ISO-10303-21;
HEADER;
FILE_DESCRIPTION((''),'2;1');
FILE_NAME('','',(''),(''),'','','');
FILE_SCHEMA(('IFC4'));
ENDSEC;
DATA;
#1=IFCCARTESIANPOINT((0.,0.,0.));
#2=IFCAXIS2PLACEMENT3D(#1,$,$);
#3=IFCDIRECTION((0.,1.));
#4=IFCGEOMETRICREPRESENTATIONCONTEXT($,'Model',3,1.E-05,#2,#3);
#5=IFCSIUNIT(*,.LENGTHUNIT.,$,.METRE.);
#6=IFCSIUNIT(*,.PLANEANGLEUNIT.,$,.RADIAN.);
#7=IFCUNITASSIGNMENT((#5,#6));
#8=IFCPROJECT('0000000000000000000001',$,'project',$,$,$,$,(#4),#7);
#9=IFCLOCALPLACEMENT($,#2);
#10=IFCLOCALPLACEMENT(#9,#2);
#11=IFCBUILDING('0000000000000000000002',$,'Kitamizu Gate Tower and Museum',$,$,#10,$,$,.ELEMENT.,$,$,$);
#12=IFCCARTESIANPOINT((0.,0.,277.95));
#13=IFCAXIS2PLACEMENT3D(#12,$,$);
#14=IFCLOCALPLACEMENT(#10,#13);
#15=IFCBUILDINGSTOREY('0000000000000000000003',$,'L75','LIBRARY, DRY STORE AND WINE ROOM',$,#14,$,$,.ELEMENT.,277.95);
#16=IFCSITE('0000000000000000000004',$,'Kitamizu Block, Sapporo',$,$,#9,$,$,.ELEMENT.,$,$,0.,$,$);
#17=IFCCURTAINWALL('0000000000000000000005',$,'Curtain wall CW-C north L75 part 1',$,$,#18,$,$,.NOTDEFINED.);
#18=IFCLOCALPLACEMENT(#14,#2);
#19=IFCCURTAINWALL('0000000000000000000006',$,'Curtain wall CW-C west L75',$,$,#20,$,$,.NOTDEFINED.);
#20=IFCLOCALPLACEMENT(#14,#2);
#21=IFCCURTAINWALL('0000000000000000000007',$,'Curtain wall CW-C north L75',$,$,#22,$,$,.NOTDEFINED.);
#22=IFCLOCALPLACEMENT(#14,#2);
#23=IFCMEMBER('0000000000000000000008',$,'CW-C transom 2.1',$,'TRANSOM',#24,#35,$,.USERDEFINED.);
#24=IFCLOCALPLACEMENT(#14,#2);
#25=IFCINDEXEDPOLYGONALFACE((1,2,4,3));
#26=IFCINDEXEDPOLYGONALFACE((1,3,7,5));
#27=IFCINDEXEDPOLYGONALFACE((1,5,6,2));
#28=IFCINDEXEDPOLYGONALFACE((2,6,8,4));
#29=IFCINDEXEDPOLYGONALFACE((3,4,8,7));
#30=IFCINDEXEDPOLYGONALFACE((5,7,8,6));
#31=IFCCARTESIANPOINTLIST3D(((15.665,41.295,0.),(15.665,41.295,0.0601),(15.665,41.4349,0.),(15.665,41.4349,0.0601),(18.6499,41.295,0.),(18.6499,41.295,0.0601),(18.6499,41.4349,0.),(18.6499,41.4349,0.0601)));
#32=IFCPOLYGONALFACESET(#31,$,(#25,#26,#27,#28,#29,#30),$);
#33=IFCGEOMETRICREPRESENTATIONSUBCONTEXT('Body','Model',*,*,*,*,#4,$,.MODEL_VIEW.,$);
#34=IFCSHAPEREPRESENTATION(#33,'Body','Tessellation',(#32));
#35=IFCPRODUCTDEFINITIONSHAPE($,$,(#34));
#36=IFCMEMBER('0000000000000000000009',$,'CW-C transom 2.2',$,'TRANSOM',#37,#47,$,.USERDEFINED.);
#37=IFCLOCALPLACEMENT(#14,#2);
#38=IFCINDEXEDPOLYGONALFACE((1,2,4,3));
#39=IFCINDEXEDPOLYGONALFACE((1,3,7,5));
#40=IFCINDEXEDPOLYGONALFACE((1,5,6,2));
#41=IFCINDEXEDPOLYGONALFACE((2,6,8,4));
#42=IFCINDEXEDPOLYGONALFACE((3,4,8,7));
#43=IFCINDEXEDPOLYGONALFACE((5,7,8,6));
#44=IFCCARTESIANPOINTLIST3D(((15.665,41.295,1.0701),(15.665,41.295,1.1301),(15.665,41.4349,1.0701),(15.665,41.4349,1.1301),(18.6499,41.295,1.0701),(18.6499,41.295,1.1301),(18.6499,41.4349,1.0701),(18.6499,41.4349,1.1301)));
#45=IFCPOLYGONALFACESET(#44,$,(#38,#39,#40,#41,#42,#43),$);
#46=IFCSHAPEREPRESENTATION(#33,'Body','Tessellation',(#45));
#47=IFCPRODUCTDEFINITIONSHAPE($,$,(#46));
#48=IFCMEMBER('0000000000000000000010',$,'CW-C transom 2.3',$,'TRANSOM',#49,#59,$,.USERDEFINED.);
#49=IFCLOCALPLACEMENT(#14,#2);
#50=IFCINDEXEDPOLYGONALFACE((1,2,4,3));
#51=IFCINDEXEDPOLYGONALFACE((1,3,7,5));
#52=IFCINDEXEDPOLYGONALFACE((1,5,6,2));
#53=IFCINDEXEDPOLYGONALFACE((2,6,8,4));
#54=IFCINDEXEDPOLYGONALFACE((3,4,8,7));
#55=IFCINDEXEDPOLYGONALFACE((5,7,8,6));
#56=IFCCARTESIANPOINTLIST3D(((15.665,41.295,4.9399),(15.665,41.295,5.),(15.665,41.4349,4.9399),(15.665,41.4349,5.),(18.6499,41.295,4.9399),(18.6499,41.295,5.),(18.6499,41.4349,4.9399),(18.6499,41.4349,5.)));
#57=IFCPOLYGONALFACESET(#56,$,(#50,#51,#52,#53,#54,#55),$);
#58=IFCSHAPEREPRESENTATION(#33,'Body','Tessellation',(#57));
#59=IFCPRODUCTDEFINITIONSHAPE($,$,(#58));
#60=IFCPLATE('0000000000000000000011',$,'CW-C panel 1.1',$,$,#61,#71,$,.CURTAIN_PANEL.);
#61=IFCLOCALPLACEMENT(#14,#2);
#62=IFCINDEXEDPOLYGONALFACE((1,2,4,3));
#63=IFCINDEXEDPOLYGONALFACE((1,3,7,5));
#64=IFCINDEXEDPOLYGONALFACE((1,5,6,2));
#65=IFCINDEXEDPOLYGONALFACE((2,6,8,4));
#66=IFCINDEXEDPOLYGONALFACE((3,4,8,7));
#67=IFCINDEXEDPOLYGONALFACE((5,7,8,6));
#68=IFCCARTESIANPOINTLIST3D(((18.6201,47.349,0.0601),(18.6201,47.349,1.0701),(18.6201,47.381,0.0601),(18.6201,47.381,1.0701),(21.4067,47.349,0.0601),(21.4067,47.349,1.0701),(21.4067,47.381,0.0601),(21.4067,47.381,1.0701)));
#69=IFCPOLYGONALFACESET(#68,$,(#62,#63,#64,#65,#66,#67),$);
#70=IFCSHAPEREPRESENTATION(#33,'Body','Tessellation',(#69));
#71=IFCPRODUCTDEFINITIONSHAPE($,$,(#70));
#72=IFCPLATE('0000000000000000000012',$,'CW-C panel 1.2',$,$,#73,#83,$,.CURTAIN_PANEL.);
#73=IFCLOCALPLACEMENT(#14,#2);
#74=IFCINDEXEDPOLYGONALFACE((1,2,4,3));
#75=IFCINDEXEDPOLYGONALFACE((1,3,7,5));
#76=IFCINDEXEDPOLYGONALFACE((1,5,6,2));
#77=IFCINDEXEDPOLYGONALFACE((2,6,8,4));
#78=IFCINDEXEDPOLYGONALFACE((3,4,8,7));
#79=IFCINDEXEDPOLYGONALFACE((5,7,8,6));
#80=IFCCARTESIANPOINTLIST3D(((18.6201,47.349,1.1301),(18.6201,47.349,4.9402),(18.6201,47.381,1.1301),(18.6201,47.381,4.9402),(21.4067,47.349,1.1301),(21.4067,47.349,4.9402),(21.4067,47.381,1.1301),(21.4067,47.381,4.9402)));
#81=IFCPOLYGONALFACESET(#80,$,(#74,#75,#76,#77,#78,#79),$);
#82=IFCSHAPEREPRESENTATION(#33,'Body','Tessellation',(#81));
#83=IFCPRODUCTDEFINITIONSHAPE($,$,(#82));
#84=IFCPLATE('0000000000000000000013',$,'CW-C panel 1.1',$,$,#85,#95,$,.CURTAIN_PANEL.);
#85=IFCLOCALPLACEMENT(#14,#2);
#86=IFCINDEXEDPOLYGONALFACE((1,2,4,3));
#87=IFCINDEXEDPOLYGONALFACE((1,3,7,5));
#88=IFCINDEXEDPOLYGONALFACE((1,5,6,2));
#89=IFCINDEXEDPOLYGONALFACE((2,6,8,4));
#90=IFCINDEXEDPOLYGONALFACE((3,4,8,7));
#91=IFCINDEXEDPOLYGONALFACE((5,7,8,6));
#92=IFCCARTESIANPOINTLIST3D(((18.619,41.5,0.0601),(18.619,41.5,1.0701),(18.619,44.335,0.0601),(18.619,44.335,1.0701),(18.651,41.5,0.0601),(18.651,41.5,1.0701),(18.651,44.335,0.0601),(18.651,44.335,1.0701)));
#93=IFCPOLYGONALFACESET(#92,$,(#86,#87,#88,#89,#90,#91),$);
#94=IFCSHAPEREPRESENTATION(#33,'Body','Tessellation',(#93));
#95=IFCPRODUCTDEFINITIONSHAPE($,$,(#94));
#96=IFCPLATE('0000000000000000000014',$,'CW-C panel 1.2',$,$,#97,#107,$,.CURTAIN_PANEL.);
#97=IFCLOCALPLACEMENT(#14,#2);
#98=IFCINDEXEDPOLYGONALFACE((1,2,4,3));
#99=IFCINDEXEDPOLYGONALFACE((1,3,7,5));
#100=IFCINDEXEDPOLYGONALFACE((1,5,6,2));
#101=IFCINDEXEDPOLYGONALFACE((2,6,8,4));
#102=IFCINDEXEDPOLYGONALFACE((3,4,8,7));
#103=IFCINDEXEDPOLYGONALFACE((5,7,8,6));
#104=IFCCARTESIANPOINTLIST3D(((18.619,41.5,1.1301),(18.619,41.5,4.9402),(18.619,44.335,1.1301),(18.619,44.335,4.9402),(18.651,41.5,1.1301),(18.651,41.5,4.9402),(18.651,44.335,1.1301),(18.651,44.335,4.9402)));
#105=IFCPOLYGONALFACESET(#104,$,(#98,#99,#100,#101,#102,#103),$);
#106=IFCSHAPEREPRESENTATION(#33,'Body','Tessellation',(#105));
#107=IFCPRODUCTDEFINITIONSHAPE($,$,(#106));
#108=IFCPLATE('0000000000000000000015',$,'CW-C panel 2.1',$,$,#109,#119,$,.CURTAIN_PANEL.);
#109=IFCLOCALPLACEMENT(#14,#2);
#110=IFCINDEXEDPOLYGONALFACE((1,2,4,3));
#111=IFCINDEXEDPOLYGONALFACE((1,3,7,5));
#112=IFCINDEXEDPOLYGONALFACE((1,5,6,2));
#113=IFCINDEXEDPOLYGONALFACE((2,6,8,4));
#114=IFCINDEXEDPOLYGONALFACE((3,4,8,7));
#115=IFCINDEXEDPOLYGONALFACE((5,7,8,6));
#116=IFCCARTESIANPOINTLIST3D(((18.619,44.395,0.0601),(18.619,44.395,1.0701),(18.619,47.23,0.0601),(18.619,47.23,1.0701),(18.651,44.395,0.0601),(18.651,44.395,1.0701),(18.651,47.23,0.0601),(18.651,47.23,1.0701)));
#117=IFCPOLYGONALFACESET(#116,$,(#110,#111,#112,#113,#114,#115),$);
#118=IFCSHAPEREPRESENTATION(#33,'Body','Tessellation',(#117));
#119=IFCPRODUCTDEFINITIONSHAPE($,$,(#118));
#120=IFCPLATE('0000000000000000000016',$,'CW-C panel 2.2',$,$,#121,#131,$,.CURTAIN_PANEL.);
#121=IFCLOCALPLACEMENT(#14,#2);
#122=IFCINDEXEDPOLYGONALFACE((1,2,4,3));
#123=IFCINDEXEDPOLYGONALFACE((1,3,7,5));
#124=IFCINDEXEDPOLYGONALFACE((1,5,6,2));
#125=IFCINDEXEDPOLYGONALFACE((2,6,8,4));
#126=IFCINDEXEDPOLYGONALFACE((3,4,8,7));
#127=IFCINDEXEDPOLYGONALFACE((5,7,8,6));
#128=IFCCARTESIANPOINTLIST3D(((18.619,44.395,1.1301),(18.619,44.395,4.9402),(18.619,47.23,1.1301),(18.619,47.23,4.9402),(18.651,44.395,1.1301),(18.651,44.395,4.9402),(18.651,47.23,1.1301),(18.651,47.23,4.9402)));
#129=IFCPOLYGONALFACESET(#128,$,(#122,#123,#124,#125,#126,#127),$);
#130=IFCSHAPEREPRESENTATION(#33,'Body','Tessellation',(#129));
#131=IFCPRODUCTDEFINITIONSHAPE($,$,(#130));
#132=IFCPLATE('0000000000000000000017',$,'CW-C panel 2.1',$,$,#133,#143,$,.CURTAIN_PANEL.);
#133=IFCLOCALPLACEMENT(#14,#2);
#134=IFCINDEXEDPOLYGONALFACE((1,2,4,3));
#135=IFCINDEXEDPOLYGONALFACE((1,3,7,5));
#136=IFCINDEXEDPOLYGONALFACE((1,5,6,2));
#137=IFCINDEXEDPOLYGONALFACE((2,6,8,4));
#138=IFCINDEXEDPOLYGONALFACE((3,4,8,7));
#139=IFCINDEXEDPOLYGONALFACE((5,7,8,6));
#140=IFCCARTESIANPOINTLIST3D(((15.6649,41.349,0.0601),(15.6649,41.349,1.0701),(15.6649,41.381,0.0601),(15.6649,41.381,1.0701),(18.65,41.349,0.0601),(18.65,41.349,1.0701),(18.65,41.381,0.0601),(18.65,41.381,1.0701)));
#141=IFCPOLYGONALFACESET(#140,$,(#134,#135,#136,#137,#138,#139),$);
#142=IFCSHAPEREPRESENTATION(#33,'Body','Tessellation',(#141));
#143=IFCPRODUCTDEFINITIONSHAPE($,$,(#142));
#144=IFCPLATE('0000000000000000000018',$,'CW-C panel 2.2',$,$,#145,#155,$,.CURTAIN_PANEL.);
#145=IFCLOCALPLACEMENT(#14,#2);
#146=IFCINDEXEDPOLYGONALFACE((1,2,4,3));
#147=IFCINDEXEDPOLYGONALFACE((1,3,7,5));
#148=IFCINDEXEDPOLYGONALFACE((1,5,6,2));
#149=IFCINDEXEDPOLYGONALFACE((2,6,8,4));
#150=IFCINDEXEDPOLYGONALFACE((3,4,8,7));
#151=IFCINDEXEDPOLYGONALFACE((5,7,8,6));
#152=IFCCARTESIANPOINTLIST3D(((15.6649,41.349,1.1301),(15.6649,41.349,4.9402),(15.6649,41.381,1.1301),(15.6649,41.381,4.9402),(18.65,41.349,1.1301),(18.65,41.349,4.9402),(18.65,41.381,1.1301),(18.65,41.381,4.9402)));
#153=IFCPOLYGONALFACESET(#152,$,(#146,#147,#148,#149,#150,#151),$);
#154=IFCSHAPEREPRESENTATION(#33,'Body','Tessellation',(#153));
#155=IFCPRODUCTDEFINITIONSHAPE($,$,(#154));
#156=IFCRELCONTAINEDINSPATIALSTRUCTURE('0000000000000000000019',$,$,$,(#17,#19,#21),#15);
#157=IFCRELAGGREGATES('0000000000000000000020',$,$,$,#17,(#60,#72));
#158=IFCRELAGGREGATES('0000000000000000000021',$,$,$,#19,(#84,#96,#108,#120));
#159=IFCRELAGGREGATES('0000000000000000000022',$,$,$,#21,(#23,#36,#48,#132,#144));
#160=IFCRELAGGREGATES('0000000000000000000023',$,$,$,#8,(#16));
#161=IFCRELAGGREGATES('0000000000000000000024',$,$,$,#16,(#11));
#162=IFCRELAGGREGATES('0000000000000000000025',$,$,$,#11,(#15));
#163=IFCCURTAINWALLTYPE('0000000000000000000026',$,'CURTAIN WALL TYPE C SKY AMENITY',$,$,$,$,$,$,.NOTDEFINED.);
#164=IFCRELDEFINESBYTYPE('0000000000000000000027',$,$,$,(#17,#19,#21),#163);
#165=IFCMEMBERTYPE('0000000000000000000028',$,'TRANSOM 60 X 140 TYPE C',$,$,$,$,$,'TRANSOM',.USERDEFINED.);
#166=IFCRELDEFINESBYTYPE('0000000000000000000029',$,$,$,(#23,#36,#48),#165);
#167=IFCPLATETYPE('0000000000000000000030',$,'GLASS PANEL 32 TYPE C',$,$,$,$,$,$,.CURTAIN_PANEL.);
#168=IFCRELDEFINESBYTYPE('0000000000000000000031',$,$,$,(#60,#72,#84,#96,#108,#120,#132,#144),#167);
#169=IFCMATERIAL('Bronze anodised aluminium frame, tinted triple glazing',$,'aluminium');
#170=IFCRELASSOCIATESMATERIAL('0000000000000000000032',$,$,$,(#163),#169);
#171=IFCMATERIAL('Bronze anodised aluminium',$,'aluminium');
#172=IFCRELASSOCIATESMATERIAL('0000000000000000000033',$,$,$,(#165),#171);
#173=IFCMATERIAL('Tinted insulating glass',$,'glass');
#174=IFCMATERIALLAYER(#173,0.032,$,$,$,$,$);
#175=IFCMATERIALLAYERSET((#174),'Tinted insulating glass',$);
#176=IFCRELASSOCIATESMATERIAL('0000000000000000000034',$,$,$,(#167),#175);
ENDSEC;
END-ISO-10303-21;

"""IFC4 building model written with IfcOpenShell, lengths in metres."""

from ifc_helpers import new_model, si_unit, direction, frame, origin, origin_2d, place, context, subcontext, project, spatial, rectangle, extrude, material, layer, layer_set, material_profile, profile_set, type_object, element, aggregate, save


model = new_model("IFC4")

# Units and contexts
model_context = context("Model", 3, precision=1e-05, world=origin(), true_north=direction((0.0, 1.0)))
body_context = subcontext(model_context, "Body", "Model", "MODEL_VIEW")
ifc_project = project(units=[si_unit("LENGTHUNIT", "METRE"), si_unit("PLANEANGLEUNIT", "RADIAN")], contexts=[model_context])

# Site, building, storey
site_placement = place(None, origin())
site = spatial("IfcSite", under=ifc_project, at=site_placement, Name="Kitamizu Block, Sapporo", CompositionType="ELEMENT", RefElevation=0.0)
building_placement = place(site_placement, origin())
building = spatial("IfcBuilding", under=site, at=building_placement, Name="Kitamizu Gate Tower and Museum", CompositionType="ELEMENT")
storey_placement = place(building_placement, frame((0.0, 0.0, 277.95)))
storey = spatial("IfcBuildingStorey", under=building, at=storey_placement, Name="L75", Description="LIBRARY, DRY STORE AND WINE ROOM", CompositionType="ELEMENT", Elevation=277.95)

# Curtain walls
ifc_material_1 = material(Name="Bronze anodised aluminium frame, tinted triple glazing", Category="aluminium")
curtain_wall_type = type_object("IfcCurtainWallType", Name="CURTAIN WALL TYPE C SKY AMENITY", PredefinedType="NOTDEFINED", material=ifc_material_1)
curtain_wall_1_placement = place(storey_placement, origin())
curtain_wall_1 = element("IfcCurtainWall", 1, at=curtain_wall_1_placement, inside=storey, type_object=curtain_wall_type, Name="Curtain wall CW-C north L75 part 1", PredefinedType="NOTDEFINED")
curtain_wall_2_placement = place(storey_placement, origin())
curtain_wall_2 = element("IfcCurtainWall", 2, at=curtain_wall_2_placement, inside=storey, type_object=curtain_wall_type, Name="Curtain wall CW-C west L75", PredefinedType="NOTDEFINED")

# Curtain wall
curtain_wall_3_placement = place(storey_placement, origin())
curtain_wall_3 = element("IfcCurtainWall", 3, at=curtain_wall_3_placement, inside=storey, type_object=curtain_wall_type, Name="Curtain wall CW-C north L75", PredefinedType="NOTDEFINED")

# Members
ifc_material_2 = material(Name="Bronze anodised aluminium", Category="aluminium")
ifc_material_profile_1 = material_profile(ifc_material_2, rectangle(XDim=0.1399, YDim=0.0601, at=origin_2d()), Name="AL 60X140")
ifc_profile_set_1 = profile_set([ifc_material_profile_1], Name="Bronze anodised aluminium")
member_type_1 = type_object("IfcMemberType", Name="TRANSOM 60 X 140 TYPE C", ElementType="TRANSOM", PredefinedType="USERDEFINED", material=ifc_profile_set_1)
member_1_placement = place(storey_placement, frame((15.665, 41.365, 0.03), z_axis=(1.0, 0.0, 0.0), x_axis=(0.0, 1.0, 0.0)))
member_1 = element("IfcMember", 4, at=member_1_placement, type_object=member_type_1, Name="CW-C transom 2.1", ObjectType="TRANSOM", PredefinedType="USERDEFINED", context=body_context, shape_type="SweptSolid", body=[
    extrude(rectangle(XDim=0.1399, YDim=0.0601, at=origin_2d()), origin(), (0.0, 0.0, 1.0), 2.9849),
])
member_2_placement = place(storey_placement, frame((15.665, 41.365, 1.1001), z_axis=(1.0, 0.0, 0.0), x_axis=(0.0, 1.0, 0.0)))
member_2 = element("IfcMember", 5, at=member_2_placement, type_object=member_type_1, Name="CW-C transom 2.2", ObjectType="TRANSOM", PredefinedType="USERDEFINED", context=body_context, shape_type="SweptSolid", body=[
    extrude(rectangle(XDim=0.1399, YDim=0.0601, at=origin_2d()), origin(), (0.0, 0.0, 1.0), 2.9849),
])
member_3_placement = place(storey_placement, frame((15.665, 41.365, 4.97), z_axis=(1.0, 0.0, 0.0), x_axis=(0.0, 1.0, 0.0)))
member_3 = element("IfcMember", 6, at=member_3_placement, type_object=member_type_1, Name="CW-C transom 2.3", ObjectType="TRANSOM", PredefinedType="USERDEFINED", context=body_context, shape_type="SweptSolid", body=[
    extrude(rectangle(XDim=0.1399, YDim=0.0601, at=origin_2d()), origin(), (0.0, 0.0, 1.0), 2.9849),
])

# Plates
ifc_material_3 = material(Name="Tinted insulating glass", Category="glass")
ifc_layer = layer(ifc_material_3, 0.032)
ifc_layer_set = layer_set([ifc_layer], Name="Tinted insulating glass")
plate_type = type_object("IfcPlateType", Name="GLASS PANEL 32 TYPE C", PredefinedType="CURTAIN_PANEL", material=ifc_layer_set)
plate_1_placement = place(storey_placement, frame((20.0134, 47.365, 0.0601), z_axis=(0.0, 0.0, 1.0), x_axis=(1.0, 0.0, 0.0)))
plate_1 = element("IfcPlate", 7, at=plate_1_placement, type_object=plate_type, Name="CW-C panel 1.1", PredefinedType="CURTAIN_PANEL", context=body_context, shape_type="SweptSolid", body=[
    extrude(rectangle(XDim=2.7866, YDim=0.032, at=origin_2d()), origin(), (0.0, 0.0, 1.0), 1.01),
])
plate_2_placement = place(storey_placement, frame((20.0134, 47.365, 1.1301), z_axis=(0.0, 0.0, 1.0), x_axis=(1.0, 0.0, 0.0)))
plate_2 = element("IfcPlate", 8, at=plate_2_placement, type_object=plate_type, Name="CW-C panel 1.2", PredefinedType="CURTAIN_PANEL", context=body_context, shape_type="SweptSolid", body=[
    extrude(rectangle(XDim=2.7866, YDim=0.032, at=origin_2d()), origin(), (0.0, 0.0, 1.0), 3.8101),
])
aggregate(curtain_wall_1, [plate_1, plate_2])
plate_3_placement = place(storey_placement, frame((18.635, 42.9175, 0.0601), z_axis=(0.0, 0.0, 1.0), x_axis=(0.0, 1.0, 0.0)))
plate_3 = element("IfcPlate", 9, at=plate_3_placement, type_object=plate_type, Name="CW-C panel 1.1", PredefinedType="CURTAIN_PANEL", context=body_context, shape_type="SweptSolid", body=[
    extrude(rectangle(XDim=2.835, YDim=0.032, at=origin_2d()), origin(), (0.0, 0.0, 1.0), 1.01),
])
plate_4_placement = place(storey_placement, frame((18.635, 42.9175, 1.1301), z_axis=(0.0, 0.0, 1.0), x_axis=(0.0, 1.0, 0.0)))
plate_4 = element("IfcPlate", 10, at=plate_4_placement, type_object=plate_type, Name="CW-C panel 1.2", PredefinedType="CURTAIN_PANEL", context=body_context, shape_type="SweptSolid", body=[
    extrude(rectangle(XDim=2.835, YDim=0.032, at=origin_2d()), origin(), (0.0, 0.0, 1.0), 3.8101),
])
plate_5_placement = place(storey_placement, frame((18.635, 45.8125, 0.0601), z_axis=(0.0, 0.0, 1.0), x_axis=(0.0, 1.0, 0.0)))
plate_5 = element("IfcPlate", 11, at=plate_5_placement, type_object=plate_type, Name="CW-C panel 2.1", PredefinedType="CURTAIN_PANEL", context=body_context, shape_type="SweptSolid", body=[
    extrude(rectangle(XDim=2.835, YDim=0.032, at=origin_2d()), origin(), (0.0, 0.0, 1.0), 1.01),
])
plate_6_placement = place(storey_placement, frame((18.635, 45.8125, 1.1301), z_axis=(0.0, 0.0, 1.0), x_axis=(0.0, 1.0, 0.0)))
plate_6 = element("IfcPlate", 12, at=plate_6_placement, type_object=plate_type, Name="CW-C panel 2.2", PredefinedType="CURTAIN_PANEL", context=body_context, shape_type="SweptSolid", body=[
    extrude(rectangle(XDim=2.835, YDim=0.032, at=origin_2d()), origin(), (0.0, 0.0, 1.0), 3.8101),
])
aggregate(curtain_wall_2, [plate_3, plate_4, plate_5, plate_6])
plate_7_placement = place(storey_placement, frame((17.1575, 41.365, 0.0601), z_axis=(0.0, 0.0, 1.0), x_axis=(1.0, 0.0, 0.0)))
plate_7 = element("IfcPlate", 13, at=plate_7_placement, type_object=plate_type, Name="CW-C panel 2.1", PredefinedType="CURTAIN_PANEL", context=body_context, shape_type="SweptSolid", body=[
    extrude(rectangle(XDim=2.9851, YDim=0.032, at=origin_2d()), origin(), (0.0, 0.0, 1.0), 1.01),
])
plate_8_placement = place(storey_placement, frame((17.1575, 41.365, 1.1301), z_axis=(0.0, 0.0, 1.0), x_axis=(1.0, 0.0, 0.0)))
plate_8 = element("IfcPlate", 14, at=plate_8_placement, type_object=plate_type, Name="CW-C panel 2.2", PredefinedType="CURTAIN_PANEL", context=body_context, shape_type="SweptSolid", body=[
    extrude(rectangle(XDim=2.9851, YDim=0.032, at=origin_2d()), origin(), (0.0, 0.0, 1.0), 3.8101),
])
aggregate(curtain_wall_3, [member_1, member_2, member_3, plate_7, plate_8])

save(model, "model.ifc")
